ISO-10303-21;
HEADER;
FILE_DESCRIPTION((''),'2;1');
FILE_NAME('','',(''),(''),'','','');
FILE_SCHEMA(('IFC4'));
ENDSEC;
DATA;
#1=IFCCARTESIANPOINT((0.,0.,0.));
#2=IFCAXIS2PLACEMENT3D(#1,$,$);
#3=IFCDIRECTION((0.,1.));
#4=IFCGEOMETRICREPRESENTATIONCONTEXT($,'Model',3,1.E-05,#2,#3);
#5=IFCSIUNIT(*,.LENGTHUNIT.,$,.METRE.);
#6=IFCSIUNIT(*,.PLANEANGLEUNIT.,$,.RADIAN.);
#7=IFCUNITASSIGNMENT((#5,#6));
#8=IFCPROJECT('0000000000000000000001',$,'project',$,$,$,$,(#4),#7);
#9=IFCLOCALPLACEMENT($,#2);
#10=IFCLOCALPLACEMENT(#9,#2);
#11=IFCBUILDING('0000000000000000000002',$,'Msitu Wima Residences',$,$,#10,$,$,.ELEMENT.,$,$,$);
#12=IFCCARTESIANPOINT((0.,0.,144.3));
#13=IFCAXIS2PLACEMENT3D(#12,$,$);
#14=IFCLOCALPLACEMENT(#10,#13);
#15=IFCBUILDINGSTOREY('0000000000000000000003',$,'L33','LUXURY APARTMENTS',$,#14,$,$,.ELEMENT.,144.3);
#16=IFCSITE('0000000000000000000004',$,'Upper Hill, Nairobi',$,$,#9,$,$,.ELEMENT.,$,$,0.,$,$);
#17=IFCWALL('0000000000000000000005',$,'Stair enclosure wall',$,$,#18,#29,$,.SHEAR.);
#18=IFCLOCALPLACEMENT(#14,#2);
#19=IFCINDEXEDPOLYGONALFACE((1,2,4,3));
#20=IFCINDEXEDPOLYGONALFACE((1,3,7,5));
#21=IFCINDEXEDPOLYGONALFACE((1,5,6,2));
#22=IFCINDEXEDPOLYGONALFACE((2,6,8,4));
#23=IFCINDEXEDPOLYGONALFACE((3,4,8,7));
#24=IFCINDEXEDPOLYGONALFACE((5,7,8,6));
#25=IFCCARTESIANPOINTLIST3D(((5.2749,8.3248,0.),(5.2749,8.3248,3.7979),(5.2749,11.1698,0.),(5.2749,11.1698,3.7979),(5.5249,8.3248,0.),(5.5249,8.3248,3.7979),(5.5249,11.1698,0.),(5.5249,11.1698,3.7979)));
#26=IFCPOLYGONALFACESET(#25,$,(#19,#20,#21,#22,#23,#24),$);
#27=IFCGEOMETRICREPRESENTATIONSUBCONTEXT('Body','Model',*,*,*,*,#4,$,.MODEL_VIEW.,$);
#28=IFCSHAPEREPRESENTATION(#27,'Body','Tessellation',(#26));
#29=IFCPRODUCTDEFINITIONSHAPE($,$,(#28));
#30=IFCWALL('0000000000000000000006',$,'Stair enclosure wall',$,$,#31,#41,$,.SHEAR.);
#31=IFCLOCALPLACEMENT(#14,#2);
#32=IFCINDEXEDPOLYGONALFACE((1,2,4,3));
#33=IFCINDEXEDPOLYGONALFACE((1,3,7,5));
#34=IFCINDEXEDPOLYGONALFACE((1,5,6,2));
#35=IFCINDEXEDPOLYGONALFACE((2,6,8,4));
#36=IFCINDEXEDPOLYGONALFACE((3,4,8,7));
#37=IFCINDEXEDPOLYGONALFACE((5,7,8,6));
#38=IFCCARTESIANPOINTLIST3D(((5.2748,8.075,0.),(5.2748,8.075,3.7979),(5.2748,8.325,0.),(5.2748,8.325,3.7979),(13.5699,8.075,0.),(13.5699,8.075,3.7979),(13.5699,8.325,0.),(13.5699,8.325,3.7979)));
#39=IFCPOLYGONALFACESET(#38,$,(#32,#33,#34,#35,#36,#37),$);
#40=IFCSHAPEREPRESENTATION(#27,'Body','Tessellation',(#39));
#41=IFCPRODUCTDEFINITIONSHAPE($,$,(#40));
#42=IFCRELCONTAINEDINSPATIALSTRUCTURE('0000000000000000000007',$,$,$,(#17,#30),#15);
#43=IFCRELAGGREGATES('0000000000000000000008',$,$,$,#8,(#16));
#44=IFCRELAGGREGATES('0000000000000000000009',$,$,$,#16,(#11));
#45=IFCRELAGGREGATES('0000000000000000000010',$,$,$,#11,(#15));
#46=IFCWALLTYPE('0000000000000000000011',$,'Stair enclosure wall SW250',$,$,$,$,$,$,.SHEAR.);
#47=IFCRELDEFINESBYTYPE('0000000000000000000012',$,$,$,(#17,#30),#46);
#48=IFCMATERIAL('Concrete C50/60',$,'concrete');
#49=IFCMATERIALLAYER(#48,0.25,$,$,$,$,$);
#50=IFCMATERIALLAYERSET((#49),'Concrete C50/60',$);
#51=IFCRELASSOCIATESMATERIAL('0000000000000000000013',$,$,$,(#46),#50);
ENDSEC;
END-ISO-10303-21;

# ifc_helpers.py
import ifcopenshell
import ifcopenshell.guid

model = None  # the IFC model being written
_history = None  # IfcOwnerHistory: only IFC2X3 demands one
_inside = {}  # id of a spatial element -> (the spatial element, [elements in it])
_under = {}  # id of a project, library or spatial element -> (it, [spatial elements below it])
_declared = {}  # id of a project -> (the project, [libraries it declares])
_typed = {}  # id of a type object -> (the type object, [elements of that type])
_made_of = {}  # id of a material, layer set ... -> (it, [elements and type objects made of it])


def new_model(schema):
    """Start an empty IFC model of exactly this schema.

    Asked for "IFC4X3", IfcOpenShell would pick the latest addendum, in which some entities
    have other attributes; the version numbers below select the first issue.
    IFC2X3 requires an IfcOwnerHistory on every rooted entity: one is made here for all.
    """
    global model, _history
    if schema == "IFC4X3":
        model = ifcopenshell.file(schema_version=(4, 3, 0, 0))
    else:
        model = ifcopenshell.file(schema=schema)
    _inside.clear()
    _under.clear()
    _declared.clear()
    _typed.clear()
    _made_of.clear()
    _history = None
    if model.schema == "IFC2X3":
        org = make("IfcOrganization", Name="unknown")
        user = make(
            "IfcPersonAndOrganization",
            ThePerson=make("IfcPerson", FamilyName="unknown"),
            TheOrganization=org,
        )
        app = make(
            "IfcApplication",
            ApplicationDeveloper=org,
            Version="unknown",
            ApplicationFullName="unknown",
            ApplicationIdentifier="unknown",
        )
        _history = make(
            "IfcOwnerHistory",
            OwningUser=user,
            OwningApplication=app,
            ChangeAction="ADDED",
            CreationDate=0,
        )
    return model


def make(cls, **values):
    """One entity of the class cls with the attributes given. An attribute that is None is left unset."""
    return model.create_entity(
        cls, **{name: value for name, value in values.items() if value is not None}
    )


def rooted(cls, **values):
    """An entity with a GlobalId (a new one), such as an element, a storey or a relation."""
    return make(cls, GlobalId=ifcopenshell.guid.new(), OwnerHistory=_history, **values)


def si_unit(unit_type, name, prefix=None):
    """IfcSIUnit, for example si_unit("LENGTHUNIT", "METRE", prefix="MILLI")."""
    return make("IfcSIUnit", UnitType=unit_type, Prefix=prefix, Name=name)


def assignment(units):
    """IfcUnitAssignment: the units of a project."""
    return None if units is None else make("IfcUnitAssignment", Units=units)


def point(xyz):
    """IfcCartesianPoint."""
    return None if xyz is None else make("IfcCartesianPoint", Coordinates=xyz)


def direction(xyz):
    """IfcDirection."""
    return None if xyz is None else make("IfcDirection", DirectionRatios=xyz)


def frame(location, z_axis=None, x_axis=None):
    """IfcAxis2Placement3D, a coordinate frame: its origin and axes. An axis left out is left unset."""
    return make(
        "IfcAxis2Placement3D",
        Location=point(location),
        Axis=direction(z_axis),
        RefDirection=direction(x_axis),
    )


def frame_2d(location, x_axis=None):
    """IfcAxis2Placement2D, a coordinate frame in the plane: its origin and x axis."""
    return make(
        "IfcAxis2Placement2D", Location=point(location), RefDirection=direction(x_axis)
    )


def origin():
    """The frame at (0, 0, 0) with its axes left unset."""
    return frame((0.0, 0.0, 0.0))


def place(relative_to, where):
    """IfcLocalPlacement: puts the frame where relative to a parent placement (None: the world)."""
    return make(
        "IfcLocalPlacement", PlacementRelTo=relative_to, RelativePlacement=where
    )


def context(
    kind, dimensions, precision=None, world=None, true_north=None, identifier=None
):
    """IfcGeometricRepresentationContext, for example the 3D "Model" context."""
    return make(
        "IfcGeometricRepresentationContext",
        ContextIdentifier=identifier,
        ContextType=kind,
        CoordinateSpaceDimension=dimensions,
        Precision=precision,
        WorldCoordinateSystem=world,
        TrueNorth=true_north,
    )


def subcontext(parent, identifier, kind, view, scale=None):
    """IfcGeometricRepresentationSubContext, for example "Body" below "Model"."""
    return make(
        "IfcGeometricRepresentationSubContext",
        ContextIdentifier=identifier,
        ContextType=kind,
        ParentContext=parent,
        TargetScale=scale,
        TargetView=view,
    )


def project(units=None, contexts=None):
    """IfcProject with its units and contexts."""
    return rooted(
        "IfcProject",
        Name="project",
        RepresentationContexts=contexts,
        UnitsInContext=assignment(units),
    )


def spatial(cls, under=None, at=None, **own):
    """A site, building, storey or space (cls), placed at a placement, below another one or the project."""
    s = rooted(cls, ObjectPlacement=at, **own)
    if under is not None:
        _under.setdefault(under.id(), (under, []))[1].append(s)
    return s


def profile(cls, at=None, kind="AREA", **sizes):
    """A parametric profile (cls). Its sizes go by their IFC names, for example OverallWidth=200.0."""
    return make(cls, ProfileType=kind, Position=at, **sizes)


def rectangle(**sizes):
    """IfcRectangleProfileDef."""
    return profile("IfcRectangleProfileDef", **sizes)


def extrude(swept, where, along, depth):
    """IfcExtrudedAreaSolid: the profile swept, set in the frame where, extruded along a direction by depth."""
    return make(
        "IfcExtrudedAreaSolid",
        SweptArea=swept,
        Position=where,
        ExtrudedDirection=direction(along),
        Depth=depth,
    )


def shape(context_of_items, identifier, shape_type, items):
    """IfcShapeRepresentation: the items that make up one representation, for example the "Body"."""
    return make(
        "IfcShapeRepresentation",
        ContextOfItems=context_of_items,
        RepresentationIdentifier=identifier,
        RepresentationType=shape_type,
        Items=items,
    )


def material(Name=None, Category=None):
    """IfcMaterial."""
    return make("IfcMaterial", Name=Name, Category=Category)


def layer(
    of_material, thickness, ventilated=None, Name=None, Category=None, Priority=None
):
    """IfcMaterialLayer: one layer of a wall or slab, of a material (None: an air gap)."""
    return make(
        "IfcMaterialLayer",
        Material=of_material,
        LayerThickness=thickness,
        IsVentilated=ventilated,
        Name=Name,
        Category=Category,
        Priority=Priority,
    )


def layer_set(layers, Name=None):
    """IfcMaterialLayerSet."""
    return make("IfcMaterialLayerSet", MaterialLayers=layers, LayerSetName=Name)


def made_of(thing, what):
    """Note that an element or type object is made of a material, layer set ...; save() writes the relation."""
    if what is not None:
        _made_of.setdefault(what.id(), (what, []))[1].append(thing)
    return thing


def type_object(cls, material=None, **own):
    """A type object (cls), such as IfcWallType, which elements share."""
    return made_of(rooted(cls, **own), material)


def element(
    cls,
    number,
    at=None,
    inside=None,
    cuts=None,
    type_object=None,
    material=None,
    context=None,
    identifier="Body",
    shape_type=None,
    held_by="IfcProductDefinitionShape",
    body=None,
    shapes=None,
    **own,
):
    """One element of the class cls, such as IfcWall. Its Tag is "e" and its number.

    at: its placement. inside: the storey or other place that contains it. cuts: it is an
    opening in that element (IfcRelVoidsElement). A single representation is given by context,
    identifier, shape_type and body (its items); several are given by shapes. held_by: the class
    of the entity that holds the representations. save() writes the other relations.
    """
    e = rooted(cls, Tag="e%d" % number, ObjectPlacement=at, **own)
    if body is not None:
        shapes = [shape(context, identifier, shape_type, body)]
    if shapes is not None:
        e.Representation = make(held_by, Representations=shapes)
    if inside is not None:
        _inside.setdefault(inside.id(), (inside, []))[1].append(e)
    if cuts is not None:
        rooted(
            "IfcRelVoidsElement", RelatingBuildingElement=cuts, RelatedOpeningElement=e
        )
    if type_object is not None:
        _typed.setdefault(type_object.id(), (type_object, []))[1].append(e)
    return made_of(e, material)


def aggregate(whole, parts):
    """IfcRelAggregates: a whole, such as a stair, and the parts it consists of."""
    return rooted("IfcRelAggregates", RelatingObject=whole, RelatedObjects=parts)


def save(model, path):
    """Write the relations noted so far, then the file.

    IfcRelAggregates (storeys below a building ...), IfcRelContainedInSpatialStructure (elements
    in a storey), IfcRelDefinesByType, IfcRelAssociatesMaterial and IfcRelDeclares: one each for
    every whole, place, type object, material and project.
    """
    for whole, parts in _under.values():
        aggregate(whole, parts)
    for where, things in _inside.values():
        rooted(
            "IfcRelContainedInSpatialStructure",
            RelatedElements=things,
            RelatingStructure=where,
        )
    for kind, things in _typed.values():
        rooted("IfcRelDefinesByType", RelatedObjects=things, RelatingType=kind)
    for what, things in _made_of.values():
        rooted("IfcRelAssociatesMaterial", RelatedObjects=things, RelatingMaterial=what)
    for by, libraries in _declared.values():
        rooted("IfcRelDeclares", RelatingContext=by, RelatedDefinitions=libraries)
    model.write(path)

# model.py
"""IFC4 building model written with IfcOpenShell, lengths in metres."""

from ifc_helpers import new_model, si_unit, direction, frame, frame_2d, origin, place, context, subcontext, project, spatial, rectangle, extrude, material, layer, layer_set, type_object, element, save


model = new_model("IFC4")

# Units and contexts
model_context = context("Model", 3, precision=1e-05, world=origin(), true_north=direction((0.0, 1.0)))
body_context = subcontext(model_context, "Body", "Model", "MODEL_VIEW")
ifc_project = project(units=[si_unit("LENGTHUNIT", "METRE"), si_unit("PLANEANGLEUNIT", "RADIAN")], contexts=[model_context])

# Site, building, storey
site_placement = place(None, origin())
site = spatial("IfcSite", under=ifc_project, at=site_placement, Name="Upper Hill, Nairobi", CompositionType="ELEMENT", RefElevation=0.0)
building_placement = place(site_placement, origin())
building = spatial("IfcBuilding", under=site, at=building_placement, Name="Msitu Wima Residences", CompositionType="ELEMENT")
storey_placement = place(building_placement, frame((0.0, 0.0, 144.3)))
storey = spatial("IfcBuildingStorey", under=building, at=storey_placement, Name="L33", Description="LUXURY APARTMENTS", CompositionType="ELEMENT", Elevation=144.3)

# Walls
ifc_material_1 = material(Name="Concrete C50/60", Category="concrete")
ifc_layer_1 = layer(ifc_material_1, 0.25)
ifc_layer_set_1 = layer_set([ifc_layer_1], Name="Concrete C50/60")
wall_type_1 = type_object("IfcWallType", Name="Stair enclosure wall SW250", PredefinedType="SHEAR", material=ifc_layer_set_1)
wall_1_placement = place(storey_placement, frame((5.3999, 8.325, 0.0), z_axis=(0.0, 0.0, 1.0), x_axis=(0.0, 1.0, 0.0)))
element("IfcWall", 1, at=wall_1_placement, inside=storey, type_object=wall_type_1, Name="Stair enclosure wall", PredefinedType="SHEAR", context=body_context, shape_type="SweptSolid", body=[
    extrude(rectangle(XDim=2.845, YDim=0.25, at=frame_2d((1.4224, 0.0))), origin(), (0.0, 0.0, 1.0), 3.7979),
])
wall_2_placement = place(storey_placement, frame((5.2749, 8.2, 0.0), z_axis=(0.0, 0.0, 1.0), x_axis=(1.0, 0.0, 0.0)))
element("IfcWall", 2, at=wall_2_placement, inside=storey, type_object=wall_type_1, Name="Stair enclosure wall", PredefinedType="SHEAR", context=body_context, shape_type="SweptSolid", body=[
    extrude(rectangle(XDim=8.2952, YDim=0.25, at=frame_2d((4.1475, 0.0))), origin(), (0.0, 0.0, 1.0), 3.7979),
])

save(model, "model.ifc")
